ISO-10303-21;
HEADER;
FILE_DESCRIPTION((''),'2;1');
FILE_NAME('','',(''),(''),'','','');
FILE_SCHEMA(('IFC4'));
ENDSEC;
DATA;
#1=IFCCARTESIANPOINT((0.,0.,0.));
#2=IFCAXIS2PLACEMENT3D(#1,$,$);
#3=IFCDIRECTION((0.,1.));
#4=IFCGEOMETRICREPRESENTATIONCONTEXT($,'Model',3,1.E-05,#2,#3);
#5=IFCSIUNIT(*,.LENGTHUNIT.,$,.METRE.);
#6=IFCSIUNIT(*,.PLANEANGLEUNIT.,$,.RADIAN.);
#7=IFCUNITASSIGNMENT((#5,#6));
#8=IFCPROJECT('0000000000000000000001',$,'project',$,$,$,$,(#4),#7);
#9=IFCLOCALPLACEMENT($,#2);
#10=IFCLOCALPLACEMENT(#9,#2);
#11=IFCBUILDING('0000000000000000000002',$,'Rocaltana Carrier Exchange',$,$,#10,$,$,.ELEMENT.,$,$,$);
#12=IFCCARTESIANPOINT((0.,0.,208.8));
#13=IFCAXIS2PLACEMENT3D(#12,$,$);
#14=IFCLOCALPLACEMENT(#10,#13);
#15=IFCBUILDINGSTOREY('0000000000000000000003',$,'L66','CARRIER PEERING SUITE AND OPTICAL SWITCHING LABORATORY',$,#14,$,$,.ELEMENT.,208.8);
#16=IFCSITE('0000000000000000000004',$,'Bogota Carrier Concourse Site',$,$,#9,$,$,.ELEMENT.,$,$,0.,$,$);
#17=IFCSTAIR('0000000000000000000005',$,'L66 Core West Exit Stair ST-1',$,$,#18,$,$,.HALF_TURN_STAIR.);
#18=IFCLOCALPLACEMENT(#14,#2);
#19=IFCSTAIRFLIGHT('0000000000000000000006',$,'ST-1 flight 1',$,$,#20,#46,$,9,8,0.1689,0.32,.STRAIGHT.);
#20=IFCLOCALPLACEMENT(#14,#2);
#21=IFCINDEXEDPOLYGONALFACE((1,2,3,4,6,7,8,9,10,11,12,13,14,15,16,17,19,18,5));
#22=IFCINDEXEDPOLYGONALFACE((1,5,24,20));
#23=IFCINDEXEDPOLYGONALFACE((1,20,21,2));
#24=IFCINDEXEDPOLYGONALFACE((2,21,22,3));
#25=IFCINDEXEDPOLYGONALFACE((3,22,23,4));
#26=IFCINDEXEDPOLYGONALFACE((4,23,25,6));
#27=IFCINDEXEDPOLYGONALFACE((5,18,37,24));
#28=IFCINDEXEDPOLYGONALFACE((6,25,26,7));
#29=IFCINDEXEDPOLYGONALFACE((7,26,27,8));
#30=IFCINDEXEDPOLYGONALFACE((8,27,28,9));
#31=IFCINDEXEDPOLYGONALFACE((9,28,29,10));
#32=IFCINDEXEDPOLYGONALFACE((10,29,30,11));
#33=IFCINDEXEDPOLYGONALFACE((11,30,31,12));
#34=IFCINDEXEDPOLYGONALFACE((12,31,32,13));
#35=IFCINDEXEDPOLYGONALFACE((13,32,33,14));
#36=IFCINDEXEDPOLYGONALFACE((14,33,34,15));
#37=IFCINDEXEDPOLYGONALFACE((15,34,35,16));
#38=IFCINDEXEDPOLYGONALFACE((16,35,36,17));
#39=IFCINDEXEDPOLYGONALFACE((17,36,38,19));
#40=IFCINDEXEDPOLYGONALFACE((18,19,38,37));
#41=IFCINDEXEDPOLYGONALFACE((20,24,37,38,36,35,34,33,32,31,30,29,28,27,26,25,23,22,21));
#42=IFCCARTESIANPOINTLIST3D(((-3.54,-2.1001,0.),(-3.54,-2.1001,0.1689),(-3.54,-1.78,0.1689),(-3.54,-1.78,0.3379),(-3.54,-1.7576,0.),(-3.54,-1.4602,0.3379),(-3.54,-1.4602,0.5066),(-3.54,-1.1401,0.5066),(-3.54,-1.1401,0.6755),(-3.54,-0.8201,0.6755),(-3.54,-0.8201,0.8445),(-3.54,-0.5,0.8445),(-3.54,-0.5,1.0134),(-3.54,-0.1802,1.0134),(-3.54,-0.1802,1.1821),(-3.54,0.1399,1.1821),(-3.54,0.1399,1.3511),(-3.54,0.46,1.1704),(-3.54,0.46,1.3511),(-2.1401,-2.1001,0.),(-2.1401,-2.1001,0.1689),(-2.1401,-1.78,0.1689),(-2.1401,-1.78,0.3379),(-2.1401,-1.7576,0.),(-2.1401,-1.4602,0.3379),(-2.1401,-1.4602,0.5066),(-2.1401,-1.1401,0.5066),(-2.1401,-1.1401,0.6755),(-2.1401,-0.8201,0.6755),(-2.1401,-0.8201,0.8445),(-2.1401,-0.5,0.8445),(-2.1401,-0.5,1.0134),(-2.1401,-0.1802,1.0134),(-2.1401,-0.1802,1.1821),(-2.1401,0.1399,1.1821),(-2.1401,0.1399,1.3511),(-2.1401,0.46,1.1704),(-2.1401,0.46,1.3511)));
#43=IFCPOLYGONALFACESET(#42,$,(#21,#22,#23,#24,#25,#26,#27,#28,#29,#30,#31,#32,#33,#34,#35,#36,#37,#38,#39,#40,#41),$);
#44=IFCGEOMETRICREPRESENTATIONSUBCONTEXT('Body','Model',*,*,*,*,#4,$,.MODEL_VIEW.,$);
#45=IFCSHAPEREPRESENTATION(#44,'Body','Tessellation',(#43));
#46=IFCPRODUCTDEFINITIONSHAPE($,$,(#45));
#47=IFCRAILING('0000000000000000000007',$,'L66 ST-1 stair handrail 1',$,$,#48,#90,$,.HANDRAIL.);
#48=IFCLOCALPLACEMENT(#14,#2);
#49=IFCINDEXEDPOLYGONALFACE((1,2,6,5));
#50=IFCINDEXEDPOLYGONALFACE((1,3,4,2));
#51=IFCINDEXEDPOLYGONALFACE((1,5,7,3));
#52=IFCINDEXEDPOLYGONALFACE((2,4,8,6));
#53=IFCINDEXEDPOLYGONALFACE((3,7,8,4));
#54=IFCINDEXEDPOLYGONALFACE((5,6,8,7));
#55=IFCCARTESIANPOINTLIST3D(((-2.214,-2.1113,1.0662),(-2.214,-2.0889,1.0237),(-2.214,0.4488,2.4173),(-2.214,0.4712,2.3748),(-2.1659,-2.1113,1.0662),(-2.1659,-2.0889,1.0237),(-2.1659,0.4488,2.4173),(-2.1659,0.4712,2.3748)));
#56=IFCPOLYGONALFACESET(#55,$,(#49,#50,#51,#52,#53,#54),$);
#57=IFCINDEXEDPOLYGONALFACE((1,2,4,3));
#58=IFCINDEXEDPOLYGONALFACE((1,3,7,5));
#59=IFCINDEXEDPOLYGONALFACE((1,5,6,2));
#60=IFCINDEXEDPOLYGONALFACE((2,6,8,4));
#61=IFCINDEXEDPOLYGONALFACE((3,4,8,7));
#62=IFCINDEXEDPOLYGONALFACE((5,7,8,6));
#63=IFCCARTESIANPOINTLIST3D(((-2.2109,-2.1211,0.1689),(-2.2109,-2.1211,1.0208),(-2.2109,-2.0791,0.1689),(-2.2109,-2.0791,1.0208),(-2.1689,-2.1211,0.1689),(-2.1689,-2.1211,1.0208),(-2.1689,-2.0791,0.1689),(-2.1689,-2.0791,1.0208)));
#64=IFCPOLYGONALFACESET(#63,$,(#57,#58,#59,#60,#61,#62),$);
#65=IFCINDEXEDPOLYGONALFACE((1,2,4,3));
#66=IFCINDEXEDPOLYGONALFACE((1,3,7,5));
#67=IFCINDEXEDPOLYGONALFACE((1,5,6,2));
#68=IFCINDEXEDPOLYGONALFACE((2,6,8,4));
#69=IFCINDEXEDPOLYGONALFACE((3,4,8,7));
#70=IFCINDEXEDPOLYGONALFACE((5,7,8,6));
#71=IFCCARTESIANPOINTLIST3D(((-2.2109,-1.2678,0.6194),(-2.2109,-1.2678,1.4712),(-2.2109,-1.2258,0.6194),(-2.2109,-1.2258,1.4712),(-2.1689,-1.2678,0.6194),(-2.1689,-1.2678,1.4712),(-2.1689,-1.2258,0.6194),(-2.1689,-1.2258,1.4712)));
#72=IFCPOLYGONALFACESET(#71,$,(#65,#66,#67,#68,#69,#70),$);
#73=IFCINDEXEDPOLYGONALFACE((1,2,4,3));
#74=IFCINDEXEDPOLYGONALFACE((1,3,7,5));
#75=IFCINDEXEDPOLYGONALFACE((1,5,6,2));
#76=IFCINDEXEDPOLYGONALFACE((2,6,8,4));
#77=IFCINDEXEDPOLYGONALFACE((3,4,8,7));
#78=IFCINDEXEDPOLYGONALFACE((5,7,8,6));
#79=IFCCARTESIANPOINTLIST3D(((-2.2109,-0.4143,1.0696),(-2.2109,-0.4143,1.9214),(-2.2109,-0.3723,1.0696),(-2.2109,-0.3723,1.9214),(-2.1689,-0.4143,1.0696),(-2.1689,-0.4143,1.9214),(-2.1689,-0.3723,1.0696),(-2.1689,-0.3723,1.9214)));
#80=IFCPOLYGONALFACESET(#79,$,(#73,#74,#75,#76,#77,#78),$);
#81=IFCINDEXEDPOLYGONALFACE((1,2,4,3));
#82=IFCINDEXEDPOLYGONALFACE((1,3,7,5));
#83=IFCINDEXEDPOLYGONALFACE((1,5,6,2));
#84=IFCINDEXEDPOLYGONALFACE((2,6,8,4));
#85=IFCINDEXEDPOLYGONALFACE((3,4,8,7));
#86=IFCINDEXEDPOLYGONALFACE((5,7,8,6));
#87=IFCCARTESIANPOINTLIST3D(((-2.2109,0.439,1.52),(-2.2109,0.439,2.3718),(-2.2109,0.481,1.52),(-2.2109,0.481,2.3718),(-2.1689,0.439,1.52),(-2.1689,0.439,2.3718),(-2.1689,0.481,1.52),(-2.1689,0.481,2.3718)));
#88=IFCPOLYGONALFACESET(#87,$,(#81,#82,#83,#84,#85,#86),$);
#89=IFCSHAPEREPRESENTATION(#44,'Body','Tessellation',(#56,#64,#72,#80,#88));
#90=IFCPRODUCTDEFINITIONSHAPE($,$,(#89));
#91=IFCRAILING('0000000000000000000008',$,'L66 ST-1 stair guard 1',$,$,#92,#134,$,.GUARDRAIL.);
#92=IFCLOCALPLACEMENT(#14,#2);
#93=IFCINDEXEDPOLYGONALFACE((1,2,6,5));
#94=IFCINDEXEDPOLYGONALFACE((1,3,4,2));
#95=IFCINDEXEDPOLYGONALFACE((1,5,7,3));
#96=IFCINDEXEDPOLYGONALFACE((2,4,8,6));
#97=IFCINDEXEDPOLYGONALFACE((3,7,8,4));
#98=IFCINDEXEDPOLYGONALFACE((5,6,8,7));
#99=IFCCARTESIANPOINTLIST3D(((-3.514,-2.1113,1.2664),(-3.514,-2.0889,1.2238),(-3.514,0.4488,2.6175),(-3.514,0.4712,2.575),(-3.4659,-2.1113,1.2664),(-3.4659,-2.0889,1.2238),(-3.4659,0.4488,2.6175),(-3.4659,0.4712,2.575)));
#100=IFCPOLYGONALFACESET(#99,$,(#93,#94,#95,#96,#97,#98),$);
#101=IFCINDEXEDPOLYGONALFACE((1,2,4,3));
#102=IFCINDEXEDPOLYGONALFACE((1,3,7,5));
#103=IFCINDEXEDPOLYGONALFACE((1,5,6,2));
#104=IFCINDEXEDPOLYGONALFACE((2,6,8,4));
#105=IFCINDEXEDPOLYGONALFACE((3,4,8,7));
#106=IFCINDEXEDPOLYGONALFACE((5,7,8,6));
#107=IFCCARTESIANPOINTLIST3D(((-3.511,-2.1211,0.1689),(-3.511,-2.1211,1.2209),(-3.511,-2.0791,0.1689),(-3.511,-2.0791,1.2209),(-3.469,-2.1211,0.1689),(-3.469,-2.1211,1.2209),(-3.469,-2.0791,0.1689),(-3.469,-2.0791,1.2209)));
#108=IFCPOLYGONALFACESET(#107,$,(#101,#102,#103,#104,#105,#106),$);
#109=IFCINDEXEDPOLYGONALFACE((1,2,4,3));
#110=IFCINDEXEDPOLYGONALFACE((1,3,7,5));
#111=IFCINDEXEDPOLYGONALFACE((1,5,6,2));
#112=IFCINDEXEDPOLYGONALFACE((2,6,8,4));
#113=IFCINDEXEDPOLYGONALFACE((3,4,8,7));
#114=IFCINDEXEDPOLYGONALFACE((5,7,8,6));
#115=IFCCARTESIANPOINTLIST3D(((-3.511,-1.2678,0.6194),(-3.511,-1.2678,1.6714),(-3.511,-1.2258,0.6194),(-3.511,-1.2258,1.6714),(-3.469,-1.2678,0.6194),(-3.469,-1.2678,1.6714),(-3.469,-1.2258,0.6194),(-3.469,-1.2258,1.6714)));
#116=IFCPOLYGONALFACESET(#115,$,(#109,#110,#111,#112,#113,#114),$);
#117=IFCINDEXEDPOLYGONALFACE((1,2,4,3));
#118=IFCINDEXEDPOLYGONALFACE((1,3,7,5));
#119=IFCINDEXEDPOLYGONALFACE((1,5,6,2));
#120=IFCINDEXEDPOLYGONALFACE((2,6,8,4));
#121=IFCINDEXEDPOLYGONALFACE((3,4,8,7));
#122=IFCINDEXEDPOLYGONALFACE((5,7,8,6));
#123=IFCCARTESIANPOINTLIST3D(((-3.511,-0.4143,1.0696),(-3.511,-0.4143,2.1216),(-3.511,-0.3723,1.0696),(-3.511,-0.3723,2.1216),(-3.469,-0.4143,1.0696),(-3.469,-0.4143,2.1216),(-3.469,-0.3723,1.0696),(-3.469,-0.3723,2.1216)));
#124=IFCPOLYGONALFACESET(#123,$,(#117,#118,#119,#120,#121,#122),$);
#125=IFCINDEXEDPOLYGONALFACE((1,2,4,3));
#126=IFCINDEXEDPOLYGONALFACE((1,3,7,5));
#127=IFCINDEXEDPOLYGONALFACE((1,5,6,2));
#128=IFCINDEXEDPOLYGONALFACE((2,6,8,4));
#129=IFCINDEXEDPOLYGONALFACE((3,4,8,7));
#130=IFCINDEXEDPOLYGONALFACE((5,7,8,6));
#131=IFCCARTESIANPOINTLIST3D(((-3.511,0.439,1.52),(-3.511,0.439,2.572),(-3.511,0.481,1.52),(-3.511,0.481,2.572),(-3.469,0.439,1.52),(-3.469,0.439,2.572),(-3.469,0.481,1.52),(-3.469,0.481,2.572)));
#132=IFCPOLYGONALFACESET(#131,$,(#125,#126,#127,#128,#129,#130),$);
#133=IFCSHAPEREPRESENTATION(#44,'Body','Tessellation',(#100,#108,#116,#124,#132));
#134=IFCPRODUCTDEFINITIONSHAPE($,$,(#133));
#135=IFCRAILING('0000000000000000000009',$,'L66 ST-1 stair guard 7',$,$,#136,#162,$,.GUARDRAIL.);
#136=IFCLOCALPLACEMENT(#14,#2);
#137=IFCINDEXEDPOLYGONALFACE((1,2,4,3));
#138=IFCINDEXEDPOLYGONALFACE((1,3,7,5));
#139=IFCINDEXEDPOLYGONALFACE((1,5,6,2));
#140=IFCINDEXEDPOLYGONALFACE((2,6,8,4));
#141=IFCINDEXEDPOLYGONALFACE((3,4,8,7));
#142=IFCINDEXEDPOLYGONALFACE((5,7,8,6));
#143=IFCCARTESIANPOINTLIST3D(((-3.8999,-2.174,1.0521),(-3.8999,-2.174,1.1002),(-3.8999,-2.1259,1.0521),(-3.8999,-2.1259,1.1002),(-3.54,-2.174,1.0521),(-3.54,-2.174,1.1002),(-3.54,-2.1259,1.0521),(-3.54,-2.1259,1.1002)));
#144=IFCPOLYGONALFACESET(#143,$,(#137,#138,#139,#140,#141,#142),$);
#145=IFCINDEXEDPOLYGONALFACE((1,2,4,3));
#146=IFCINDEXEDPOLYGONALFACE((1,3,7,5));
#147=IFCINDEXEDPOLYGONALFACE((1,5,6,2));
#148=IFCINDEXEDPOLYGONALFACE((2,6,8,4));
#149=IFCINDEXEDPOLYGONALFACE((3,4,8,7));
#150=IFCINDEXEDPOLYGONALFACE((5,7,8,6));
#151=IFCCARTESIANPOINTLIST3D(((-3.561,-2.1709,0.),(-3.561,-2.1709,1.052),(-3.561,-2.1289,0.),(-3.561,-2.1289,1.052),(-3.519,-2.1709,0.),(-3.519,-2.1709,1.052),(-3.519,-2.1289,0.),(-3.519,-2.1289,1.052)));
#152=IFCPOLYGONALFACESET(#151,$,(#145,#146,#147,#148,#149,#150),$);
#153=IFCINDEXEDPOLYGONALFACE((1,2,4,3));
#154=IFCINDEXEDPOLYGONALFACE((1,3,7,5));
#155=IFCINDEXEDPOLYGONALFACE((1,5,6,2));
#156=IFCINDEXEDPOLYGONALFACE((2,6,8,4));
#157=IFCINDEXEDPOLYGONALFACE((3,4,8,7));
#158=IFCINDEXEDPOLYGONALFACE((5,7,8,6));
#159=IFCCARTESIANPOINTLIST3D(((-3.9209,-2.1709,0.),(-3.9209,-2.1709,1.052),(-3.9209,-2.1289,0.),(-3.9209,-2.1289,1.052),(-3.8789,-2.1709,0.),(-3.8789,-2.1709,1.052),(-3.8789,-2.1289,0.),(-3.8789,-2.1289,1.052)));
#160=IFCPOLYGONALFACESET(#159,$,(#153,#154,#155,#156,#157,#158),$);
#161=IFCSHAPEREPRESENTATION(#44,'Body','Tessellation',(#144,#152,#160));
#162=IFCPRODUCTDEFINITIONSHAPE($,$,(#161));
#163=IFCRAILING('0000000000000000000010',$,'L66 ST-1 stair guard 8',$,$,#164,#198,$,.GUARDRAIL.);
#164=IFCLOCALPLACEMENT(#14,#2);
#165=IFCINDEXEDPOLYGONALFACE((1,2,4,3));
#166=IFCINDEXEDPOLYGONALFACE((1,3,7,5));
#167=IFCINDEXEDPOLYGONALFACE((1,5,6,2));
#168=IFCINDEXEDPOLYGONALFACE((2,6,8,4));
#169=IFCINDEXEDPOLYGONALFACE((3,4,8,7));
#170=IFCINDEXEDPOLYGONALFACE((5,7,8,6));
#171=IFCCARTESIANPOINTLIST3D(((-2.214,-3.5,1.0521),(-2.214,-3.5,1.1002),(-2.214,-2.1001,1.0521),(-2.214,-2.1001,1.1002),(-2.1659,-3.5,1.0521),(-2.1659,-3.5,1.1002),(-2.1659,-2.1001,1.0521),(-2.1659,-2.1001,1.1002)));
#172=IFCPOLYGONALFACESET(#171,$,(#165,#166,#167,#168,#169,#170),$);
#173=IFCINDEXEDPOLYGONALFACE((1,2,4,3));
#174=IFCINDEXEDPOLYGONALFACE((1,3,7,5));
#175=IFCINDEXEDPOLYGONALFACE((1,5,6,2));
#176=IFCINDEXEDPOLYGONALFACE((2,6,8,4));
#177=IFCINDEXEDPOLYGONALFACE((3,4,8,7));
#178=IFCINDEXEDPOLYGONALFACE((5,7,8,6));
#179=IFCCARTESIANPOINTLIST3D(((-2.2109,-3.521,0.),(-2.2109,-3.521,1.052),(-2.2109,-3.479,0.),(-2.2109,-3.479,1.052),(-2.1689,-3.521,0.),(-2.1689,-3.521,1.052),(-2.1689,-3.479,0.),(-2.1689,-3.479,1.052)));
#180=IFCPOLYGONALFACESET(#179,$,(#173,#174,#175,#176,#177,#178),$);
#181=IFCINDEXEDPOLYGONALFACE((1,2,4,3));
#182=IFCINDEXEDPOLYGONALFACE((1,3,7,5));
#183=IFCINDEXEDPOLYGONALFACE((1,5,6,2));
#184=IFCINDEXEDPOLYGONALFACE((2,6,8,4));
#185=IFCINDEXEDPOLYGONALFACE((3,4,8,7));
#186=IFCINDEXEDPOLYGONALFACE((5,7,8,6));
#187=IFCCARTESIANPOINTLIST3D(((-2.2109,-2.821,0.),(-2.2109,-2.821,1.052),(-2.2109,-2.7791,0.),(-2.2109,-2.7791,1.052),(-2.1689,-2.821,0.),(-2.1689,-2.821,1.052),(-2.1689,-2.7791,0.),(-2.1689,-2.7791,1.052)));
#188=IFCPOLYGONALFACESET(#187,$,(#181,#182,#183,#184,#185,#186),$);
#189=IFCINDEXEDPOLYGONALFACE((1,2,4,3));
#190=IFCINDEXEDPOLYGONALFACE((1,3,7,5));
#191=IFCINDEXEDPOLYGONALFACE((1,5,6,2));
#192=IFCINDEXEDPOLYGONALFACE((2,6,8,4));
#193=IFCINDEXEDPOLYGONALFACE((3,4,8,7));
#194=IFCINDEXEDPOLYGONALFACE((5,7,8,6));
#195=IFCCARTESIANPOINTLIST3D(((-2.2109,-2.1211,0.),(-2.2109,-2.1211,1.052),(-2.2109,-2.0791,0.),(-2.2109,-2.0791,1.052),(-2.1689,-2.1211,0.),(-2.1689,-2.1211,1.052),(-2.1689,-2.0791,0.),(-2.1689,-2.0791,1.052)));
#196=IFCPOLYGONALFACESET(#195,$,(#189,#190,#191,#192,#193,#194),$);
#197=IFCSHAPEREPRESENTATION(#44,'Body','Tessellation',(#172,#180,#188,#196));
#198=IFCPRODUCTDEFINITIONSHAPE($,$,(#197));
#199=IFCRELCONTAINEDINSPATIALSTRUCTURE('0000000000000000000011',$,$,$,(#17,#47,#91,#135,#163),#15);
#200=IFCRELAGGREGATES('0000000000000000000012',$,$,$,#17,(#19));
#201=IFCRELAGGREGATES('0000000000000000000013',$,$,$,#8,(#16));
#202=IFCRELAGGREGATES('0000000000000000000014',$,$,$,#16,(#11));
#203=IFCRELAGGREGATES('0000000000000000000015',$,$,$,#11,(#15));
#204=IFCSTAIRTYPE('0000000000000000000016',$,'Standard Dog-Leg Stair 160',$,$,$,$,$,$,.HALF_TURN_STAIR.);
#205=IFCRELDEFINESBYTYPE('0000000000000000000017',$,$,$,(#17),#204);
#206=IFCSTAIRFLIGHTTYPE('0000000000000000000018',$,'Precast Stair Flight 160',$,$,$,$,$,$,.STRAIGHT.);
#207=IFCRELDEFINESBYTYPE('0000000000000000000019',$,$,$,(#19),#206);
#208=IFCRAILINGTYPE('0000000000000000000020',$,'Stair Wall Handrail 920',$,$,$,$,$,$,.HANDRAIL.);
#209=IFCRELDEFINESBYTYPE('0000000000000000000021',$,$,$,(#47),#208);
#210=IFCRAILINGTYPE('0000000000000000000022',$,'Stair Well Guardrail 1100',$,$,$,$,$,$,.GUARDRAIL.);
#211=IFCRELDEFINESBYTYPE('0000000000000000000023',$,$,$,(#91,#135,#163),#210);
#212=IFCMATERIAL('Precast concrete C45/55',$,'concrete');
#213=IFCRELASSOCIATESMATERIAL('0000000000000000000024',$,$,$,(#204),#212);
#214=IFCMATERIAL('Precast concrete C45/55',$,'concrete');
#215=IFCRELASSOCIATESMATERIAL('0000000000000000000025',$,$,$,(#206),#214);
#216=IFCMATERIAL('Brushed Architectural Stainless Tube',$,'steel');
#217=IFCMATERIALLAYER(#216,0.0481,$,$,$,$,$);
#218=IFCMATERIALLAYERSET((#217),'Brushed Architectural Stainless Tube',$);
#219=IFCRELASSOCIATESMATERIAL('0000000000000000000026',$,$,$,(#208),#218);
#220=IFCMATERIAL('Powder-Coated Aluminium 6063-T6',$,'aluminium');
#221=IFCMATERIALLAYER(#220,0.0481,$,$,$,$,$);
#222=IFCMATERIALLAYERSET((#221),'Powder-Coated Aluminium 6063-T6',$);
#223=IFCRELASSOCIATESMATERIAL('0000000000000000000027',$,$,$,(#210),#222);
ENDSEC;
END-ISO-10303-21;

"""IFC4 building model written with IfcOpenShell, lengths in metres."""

from ifc_helpers import new_model, si_unit, direction, frame, origin, origin_2d, place, context, subcontext, project, spatial, polyline, rectangle, outline, extrude, material, layer, layer_set, type_object, element, aggregate, save


model = new_model("IFC4")

# Units and contexts
model_context = context("Model", 3, precision=1e-05, world=origin(), true_north=direction((0.0, 1.0)))
body_context = subcontext(model_context, "Body", "Model", "MODEL_VIEW")
ifc_project = project(units=[si_unit("LENGTHUNIT", "METRE"), si_unit("PLANEANGLEUNIT", "RADIAN")], contexts=[model_context])

# Site, building, storey
site_placement = place(None, origin())
site = spatial("IfcSite", under=ifc_project, at=site_placement, Name="Bogota Carrier Concourse Site", CompositionType="ELEMENT", RefElevation=0.0)
building_placement = place(site_placement, origin())
building = spatial("IfcBuilding", under=site, at=building_placement, Name="Rocaltana Carrier Exchange", CompositionType="ELEMENT")
storey_placement = place(building_placement, frame((0.0, 0.0, 208.8)))
storey = spatial("IfcBuildingStorey", under=building, at=storey_placement, Name="L66", Description="CARRIER PEERING SUITE AND OPTICAL SWITCHING LABORATORY", CompositionType="ELEMENT", Elevation=208.8)

# Stair, stair flight
ifc_material_1 = material(Name="Precast concrete C45/55", Category="concrete")
stair_type = type_object("IfcStairType", Name="Standard Dog-Leg Stair 160", PredefinedType="HALF_TURN_STAIR", material=ifc_material_1)
stair_placement = place(storey_placement, origin())
stair = element("IfcStair", 1, at=stair_placement, inside=storey, type_object=stair_type, Name="L66 Core West Exit Stair ST-1", PredefinedType="HALF_TURN_STAIR")
ifc_material_2 = material(Name="Precast concrete C45/55", Category="concrete")
stair_flight_type = type_object("IfcStairFlightType", Name="Precast Stair Flight 160", PredefinedType="STRAIGHT", material=ifc_material_2)
stair_flight_placement = place(storey_placement, frame((-2.8401, -2.1001, 0.0), z_axis=(0.0, 0.0, 1.0), x_axis=(0.0, 1.0, 0.0)))
stair_flight = element("IfcStairFlight", 2, at=stair_flight_placement, type_object=stair_flight_type, Name="ST-1 flight 1", NumberOfRisers=9, NumberOfTreads=8, PredefinedType="STRAIGHT", RiserHeight=0.1689, TreadLength=0.32, context=body_context, shape_type="SweptSolid", body=[
    extrude(outline(polyline([(0.0, 0.0), (0.0, 0.1689), (0.3201, 0.1689), (0.3201, 0.3379), (0.6399, 0.3379), (0.6399, 0.5066), (0.96, 0.5066), (0.96, 0.6755), (1.28, 0.6755), (1.28, 0.8445), (1.6001, 0.8445), (1.6001, 1.0134), (1.9199, 1.0134), (1.9199, 1.1821), (2.24, 1.1821), (2.24, 1.3511), (2.5601, 1.3511), (2.5601, 1.52), (2.5601, 1.1704), (0.3425, 0.0), (0.0, 0.0)])), frame((0.0, 0.7, 0.0), z_axis=(0.0, -1.0, 0.0), x_axis=(1.0, 0.0, 0.0)), (0.0, 0.0, 1.0), 1.3999),
])
aggregate(stair, [stair_flight])

# Railings
ifc_material_3 = material(Name="Brushed Architectural Stainless Tube", Category="steel")
ifc_layer_1 = layer(ifc_material_3, 0.0481)
ifc_layer_set_1 = layer_set([ifc_layer_1], Name="Brushed Architectural Stainless Tube")
railing_type_1 = type_object("IfcRailingType", Name="Stair Wall Handrail 920", PredefinedType="HANDRAIL", material=ifc_layer_set_1)
railing_1_placement = place(storey_placement, frame((-2.1899, -2.1001, 0.1689)))
element("IfcRailing", 3, at=railing_1_placement, inside=storey, type_object=railing_type_1, Name="L66 ST-1 stair handrail 1", PredefinedType="HANDRAIL", context=body_context, shape_type="SweptSolid", body=[
    extrude(rectangle(XDim=0.0481, YDim=0.0481, at=origin_2d()), frame((0.0, 0.0, 0.876), z_axis=(0.0, 0.884394, 0.46674), x_axis=(-1.0, 0.0, 0.0)), (0.0, 0.0, 1.0), 2.8948),
    extrude(rectangle(XDim=0.042, YDim=0.042, at=origin_2d()), origin(), (0.0, 0.0, 1.0), 0.8518),
    extrude(rectangle(XDim=0.042, YDim=0.042, at=origin_2d()), frame((0.0, 0.8533, 0.4504)), (0.0, 0.0, 1.0), 0.8518),
    extrude(rectangle(XDim=0.042, YDim=0.042, at=origin_2d()), frame((0.0, 1.7068, 0.9006)), (0.0, 0.0, 1.0), 0.8518),
    extrude(rectangle(XDim=0.042, YDim=0.042, at=origin_2d()), frame((0.0, 2.5601, 1.3511)), (0.0, 0.0, 1.0), 0.8518),
])
ifc_material_4 = material(Name="Powder-Coated Aluminium 6063-T6", Category="aluminium")
ifc_layer_2 = layer(ifc_material_4, 0.0481)
ifc_layer_set_2 = layer_set([ifc_layer_2], Name="Powder-Coated Aluminium 6063-T6")
railing_type_2 = type_object("IfcRailingType", Name="Stair Well Guardrail 1100", PredefinedType="GUARDRAIL", material=ifc_layer_set_2)
railing_2_placement = place(storey_placement, frame((-3.49, -2.1001, 0.1689)))
element("IfcRailing", 4, at=railing_2_placement, inside=storey, type_object=railing_type_2, Name="L66 ST-1 stair guard 1", PredefinedType="GUARDRAIL", context=body_context, shape_type="SweptSolid", body=[
    extrude(rectangle(XDim=0.0481, YDim=0.0481, at=origin_2d()), frame((0.0, 0.0, 1.0762), z_axis=(0.0, 0.884394, 0.46674), x_axis=(-1.0, 0.0, 0.0)), (0.0, 0.0, 1.0), 2.8948),
    extrude(rectangle(XDim=0.042, YDim=0.042, at=origin_2d()), origin(), (0.0, 0.0, 1.0), 1.052),
    extrude(rectangle(XDim=0.042, YDim=0.042, at=origin_2d()), frame((0.0, 0.8533, 0.4504)), (0.0, 0.0, 1.0), 1.052),
    extrude(rectangle(XDim=0.042, YDim=0.042, at=origin_2d()), frame((0.0, 1.7068, 0.9006)), (0.0, 0.0, 1.0), 1.052),
    extrude(rectangle(XDim=0.042, YDim=0.042, at=origin_2d()), frame((0.0, 2.5601, 1.3511)), (0.0, 0.0, 1.0), 1.052),
])
railing_3_placement = place(storey_placement, frame((-3.54, -2.1499, 0.0)))
element("IfcRailing", 5, at=railing_3_placement, inside=storey, type_object=railing_type_2, Name="L66 ST-1 stair guard 7", PredefinedType="GUARDRAIL", context=body_context, shape_type="SweptSolid", body=[
    extrude(rectangle(XDim=0.0481, YDim=0.0481, at=origin_2d()), frame((0.0, 0.0, 1.0762), z_axis=(-1.0, 0.0, 0.0), x_axis=(0.0, -1.0, 0.0)), (0.0, 0.0, 1.0), 0.3599),
    extrude(rectangle(XDim=0.042, YDim=0.042, at=origin_2d()), origin(), (0.0, 0.0, 1.0), 1.052),
    extrude(rectangle(XDim=0.042, YDim=0.042, at=origin_2d()), frame((-0.3599, 0.0, 0.0)), (0.0, 0.0, 1.0), 1.052),
])
for number, where, name in (
    (6, (-2.1899, -3.5, 0.0), "L66 ST-1 stair guard 8"),
):
    element("IfcRailing", number, at=place(storey_placement, frame(where)), inside=storey, type_object=railing_type_2, Name=name, PredefinedType="GUARDRAIL", context=body_context, shape_type="SweptSolid", body=[
        extrude(rectangle(XDim=0.0481, YDim=0.0481, at=origin_2d()), frame((0.0, 0.0, 1.0762), z_axis=(0.0, 1.0, 0.0), x_axis=(-1.0, 0.0, 0.0)), (0.0, 0.0, 1.0), 1.3999),
        extrude(rectangle(XDim=0.042, YDim=0.042, at=origin_2d()), origin(), (0.0, 0.0, 1.0), 1.052),
        extrude(rectangle(XDim=0.042, YDim=0.042, at=origin_2d()), frame((0.0, 0.7, 0.0)), (0.0, 0.0, 1.0), 1.052),
        extrude(rectangle(XDim=0.042, YDim=0.042, at=origin_2d()), frame((0.0, 1.3999, 0.0)), (0.0, 0.0, 1.0), 1.052),
    ])

save(model, "model.ifc")
